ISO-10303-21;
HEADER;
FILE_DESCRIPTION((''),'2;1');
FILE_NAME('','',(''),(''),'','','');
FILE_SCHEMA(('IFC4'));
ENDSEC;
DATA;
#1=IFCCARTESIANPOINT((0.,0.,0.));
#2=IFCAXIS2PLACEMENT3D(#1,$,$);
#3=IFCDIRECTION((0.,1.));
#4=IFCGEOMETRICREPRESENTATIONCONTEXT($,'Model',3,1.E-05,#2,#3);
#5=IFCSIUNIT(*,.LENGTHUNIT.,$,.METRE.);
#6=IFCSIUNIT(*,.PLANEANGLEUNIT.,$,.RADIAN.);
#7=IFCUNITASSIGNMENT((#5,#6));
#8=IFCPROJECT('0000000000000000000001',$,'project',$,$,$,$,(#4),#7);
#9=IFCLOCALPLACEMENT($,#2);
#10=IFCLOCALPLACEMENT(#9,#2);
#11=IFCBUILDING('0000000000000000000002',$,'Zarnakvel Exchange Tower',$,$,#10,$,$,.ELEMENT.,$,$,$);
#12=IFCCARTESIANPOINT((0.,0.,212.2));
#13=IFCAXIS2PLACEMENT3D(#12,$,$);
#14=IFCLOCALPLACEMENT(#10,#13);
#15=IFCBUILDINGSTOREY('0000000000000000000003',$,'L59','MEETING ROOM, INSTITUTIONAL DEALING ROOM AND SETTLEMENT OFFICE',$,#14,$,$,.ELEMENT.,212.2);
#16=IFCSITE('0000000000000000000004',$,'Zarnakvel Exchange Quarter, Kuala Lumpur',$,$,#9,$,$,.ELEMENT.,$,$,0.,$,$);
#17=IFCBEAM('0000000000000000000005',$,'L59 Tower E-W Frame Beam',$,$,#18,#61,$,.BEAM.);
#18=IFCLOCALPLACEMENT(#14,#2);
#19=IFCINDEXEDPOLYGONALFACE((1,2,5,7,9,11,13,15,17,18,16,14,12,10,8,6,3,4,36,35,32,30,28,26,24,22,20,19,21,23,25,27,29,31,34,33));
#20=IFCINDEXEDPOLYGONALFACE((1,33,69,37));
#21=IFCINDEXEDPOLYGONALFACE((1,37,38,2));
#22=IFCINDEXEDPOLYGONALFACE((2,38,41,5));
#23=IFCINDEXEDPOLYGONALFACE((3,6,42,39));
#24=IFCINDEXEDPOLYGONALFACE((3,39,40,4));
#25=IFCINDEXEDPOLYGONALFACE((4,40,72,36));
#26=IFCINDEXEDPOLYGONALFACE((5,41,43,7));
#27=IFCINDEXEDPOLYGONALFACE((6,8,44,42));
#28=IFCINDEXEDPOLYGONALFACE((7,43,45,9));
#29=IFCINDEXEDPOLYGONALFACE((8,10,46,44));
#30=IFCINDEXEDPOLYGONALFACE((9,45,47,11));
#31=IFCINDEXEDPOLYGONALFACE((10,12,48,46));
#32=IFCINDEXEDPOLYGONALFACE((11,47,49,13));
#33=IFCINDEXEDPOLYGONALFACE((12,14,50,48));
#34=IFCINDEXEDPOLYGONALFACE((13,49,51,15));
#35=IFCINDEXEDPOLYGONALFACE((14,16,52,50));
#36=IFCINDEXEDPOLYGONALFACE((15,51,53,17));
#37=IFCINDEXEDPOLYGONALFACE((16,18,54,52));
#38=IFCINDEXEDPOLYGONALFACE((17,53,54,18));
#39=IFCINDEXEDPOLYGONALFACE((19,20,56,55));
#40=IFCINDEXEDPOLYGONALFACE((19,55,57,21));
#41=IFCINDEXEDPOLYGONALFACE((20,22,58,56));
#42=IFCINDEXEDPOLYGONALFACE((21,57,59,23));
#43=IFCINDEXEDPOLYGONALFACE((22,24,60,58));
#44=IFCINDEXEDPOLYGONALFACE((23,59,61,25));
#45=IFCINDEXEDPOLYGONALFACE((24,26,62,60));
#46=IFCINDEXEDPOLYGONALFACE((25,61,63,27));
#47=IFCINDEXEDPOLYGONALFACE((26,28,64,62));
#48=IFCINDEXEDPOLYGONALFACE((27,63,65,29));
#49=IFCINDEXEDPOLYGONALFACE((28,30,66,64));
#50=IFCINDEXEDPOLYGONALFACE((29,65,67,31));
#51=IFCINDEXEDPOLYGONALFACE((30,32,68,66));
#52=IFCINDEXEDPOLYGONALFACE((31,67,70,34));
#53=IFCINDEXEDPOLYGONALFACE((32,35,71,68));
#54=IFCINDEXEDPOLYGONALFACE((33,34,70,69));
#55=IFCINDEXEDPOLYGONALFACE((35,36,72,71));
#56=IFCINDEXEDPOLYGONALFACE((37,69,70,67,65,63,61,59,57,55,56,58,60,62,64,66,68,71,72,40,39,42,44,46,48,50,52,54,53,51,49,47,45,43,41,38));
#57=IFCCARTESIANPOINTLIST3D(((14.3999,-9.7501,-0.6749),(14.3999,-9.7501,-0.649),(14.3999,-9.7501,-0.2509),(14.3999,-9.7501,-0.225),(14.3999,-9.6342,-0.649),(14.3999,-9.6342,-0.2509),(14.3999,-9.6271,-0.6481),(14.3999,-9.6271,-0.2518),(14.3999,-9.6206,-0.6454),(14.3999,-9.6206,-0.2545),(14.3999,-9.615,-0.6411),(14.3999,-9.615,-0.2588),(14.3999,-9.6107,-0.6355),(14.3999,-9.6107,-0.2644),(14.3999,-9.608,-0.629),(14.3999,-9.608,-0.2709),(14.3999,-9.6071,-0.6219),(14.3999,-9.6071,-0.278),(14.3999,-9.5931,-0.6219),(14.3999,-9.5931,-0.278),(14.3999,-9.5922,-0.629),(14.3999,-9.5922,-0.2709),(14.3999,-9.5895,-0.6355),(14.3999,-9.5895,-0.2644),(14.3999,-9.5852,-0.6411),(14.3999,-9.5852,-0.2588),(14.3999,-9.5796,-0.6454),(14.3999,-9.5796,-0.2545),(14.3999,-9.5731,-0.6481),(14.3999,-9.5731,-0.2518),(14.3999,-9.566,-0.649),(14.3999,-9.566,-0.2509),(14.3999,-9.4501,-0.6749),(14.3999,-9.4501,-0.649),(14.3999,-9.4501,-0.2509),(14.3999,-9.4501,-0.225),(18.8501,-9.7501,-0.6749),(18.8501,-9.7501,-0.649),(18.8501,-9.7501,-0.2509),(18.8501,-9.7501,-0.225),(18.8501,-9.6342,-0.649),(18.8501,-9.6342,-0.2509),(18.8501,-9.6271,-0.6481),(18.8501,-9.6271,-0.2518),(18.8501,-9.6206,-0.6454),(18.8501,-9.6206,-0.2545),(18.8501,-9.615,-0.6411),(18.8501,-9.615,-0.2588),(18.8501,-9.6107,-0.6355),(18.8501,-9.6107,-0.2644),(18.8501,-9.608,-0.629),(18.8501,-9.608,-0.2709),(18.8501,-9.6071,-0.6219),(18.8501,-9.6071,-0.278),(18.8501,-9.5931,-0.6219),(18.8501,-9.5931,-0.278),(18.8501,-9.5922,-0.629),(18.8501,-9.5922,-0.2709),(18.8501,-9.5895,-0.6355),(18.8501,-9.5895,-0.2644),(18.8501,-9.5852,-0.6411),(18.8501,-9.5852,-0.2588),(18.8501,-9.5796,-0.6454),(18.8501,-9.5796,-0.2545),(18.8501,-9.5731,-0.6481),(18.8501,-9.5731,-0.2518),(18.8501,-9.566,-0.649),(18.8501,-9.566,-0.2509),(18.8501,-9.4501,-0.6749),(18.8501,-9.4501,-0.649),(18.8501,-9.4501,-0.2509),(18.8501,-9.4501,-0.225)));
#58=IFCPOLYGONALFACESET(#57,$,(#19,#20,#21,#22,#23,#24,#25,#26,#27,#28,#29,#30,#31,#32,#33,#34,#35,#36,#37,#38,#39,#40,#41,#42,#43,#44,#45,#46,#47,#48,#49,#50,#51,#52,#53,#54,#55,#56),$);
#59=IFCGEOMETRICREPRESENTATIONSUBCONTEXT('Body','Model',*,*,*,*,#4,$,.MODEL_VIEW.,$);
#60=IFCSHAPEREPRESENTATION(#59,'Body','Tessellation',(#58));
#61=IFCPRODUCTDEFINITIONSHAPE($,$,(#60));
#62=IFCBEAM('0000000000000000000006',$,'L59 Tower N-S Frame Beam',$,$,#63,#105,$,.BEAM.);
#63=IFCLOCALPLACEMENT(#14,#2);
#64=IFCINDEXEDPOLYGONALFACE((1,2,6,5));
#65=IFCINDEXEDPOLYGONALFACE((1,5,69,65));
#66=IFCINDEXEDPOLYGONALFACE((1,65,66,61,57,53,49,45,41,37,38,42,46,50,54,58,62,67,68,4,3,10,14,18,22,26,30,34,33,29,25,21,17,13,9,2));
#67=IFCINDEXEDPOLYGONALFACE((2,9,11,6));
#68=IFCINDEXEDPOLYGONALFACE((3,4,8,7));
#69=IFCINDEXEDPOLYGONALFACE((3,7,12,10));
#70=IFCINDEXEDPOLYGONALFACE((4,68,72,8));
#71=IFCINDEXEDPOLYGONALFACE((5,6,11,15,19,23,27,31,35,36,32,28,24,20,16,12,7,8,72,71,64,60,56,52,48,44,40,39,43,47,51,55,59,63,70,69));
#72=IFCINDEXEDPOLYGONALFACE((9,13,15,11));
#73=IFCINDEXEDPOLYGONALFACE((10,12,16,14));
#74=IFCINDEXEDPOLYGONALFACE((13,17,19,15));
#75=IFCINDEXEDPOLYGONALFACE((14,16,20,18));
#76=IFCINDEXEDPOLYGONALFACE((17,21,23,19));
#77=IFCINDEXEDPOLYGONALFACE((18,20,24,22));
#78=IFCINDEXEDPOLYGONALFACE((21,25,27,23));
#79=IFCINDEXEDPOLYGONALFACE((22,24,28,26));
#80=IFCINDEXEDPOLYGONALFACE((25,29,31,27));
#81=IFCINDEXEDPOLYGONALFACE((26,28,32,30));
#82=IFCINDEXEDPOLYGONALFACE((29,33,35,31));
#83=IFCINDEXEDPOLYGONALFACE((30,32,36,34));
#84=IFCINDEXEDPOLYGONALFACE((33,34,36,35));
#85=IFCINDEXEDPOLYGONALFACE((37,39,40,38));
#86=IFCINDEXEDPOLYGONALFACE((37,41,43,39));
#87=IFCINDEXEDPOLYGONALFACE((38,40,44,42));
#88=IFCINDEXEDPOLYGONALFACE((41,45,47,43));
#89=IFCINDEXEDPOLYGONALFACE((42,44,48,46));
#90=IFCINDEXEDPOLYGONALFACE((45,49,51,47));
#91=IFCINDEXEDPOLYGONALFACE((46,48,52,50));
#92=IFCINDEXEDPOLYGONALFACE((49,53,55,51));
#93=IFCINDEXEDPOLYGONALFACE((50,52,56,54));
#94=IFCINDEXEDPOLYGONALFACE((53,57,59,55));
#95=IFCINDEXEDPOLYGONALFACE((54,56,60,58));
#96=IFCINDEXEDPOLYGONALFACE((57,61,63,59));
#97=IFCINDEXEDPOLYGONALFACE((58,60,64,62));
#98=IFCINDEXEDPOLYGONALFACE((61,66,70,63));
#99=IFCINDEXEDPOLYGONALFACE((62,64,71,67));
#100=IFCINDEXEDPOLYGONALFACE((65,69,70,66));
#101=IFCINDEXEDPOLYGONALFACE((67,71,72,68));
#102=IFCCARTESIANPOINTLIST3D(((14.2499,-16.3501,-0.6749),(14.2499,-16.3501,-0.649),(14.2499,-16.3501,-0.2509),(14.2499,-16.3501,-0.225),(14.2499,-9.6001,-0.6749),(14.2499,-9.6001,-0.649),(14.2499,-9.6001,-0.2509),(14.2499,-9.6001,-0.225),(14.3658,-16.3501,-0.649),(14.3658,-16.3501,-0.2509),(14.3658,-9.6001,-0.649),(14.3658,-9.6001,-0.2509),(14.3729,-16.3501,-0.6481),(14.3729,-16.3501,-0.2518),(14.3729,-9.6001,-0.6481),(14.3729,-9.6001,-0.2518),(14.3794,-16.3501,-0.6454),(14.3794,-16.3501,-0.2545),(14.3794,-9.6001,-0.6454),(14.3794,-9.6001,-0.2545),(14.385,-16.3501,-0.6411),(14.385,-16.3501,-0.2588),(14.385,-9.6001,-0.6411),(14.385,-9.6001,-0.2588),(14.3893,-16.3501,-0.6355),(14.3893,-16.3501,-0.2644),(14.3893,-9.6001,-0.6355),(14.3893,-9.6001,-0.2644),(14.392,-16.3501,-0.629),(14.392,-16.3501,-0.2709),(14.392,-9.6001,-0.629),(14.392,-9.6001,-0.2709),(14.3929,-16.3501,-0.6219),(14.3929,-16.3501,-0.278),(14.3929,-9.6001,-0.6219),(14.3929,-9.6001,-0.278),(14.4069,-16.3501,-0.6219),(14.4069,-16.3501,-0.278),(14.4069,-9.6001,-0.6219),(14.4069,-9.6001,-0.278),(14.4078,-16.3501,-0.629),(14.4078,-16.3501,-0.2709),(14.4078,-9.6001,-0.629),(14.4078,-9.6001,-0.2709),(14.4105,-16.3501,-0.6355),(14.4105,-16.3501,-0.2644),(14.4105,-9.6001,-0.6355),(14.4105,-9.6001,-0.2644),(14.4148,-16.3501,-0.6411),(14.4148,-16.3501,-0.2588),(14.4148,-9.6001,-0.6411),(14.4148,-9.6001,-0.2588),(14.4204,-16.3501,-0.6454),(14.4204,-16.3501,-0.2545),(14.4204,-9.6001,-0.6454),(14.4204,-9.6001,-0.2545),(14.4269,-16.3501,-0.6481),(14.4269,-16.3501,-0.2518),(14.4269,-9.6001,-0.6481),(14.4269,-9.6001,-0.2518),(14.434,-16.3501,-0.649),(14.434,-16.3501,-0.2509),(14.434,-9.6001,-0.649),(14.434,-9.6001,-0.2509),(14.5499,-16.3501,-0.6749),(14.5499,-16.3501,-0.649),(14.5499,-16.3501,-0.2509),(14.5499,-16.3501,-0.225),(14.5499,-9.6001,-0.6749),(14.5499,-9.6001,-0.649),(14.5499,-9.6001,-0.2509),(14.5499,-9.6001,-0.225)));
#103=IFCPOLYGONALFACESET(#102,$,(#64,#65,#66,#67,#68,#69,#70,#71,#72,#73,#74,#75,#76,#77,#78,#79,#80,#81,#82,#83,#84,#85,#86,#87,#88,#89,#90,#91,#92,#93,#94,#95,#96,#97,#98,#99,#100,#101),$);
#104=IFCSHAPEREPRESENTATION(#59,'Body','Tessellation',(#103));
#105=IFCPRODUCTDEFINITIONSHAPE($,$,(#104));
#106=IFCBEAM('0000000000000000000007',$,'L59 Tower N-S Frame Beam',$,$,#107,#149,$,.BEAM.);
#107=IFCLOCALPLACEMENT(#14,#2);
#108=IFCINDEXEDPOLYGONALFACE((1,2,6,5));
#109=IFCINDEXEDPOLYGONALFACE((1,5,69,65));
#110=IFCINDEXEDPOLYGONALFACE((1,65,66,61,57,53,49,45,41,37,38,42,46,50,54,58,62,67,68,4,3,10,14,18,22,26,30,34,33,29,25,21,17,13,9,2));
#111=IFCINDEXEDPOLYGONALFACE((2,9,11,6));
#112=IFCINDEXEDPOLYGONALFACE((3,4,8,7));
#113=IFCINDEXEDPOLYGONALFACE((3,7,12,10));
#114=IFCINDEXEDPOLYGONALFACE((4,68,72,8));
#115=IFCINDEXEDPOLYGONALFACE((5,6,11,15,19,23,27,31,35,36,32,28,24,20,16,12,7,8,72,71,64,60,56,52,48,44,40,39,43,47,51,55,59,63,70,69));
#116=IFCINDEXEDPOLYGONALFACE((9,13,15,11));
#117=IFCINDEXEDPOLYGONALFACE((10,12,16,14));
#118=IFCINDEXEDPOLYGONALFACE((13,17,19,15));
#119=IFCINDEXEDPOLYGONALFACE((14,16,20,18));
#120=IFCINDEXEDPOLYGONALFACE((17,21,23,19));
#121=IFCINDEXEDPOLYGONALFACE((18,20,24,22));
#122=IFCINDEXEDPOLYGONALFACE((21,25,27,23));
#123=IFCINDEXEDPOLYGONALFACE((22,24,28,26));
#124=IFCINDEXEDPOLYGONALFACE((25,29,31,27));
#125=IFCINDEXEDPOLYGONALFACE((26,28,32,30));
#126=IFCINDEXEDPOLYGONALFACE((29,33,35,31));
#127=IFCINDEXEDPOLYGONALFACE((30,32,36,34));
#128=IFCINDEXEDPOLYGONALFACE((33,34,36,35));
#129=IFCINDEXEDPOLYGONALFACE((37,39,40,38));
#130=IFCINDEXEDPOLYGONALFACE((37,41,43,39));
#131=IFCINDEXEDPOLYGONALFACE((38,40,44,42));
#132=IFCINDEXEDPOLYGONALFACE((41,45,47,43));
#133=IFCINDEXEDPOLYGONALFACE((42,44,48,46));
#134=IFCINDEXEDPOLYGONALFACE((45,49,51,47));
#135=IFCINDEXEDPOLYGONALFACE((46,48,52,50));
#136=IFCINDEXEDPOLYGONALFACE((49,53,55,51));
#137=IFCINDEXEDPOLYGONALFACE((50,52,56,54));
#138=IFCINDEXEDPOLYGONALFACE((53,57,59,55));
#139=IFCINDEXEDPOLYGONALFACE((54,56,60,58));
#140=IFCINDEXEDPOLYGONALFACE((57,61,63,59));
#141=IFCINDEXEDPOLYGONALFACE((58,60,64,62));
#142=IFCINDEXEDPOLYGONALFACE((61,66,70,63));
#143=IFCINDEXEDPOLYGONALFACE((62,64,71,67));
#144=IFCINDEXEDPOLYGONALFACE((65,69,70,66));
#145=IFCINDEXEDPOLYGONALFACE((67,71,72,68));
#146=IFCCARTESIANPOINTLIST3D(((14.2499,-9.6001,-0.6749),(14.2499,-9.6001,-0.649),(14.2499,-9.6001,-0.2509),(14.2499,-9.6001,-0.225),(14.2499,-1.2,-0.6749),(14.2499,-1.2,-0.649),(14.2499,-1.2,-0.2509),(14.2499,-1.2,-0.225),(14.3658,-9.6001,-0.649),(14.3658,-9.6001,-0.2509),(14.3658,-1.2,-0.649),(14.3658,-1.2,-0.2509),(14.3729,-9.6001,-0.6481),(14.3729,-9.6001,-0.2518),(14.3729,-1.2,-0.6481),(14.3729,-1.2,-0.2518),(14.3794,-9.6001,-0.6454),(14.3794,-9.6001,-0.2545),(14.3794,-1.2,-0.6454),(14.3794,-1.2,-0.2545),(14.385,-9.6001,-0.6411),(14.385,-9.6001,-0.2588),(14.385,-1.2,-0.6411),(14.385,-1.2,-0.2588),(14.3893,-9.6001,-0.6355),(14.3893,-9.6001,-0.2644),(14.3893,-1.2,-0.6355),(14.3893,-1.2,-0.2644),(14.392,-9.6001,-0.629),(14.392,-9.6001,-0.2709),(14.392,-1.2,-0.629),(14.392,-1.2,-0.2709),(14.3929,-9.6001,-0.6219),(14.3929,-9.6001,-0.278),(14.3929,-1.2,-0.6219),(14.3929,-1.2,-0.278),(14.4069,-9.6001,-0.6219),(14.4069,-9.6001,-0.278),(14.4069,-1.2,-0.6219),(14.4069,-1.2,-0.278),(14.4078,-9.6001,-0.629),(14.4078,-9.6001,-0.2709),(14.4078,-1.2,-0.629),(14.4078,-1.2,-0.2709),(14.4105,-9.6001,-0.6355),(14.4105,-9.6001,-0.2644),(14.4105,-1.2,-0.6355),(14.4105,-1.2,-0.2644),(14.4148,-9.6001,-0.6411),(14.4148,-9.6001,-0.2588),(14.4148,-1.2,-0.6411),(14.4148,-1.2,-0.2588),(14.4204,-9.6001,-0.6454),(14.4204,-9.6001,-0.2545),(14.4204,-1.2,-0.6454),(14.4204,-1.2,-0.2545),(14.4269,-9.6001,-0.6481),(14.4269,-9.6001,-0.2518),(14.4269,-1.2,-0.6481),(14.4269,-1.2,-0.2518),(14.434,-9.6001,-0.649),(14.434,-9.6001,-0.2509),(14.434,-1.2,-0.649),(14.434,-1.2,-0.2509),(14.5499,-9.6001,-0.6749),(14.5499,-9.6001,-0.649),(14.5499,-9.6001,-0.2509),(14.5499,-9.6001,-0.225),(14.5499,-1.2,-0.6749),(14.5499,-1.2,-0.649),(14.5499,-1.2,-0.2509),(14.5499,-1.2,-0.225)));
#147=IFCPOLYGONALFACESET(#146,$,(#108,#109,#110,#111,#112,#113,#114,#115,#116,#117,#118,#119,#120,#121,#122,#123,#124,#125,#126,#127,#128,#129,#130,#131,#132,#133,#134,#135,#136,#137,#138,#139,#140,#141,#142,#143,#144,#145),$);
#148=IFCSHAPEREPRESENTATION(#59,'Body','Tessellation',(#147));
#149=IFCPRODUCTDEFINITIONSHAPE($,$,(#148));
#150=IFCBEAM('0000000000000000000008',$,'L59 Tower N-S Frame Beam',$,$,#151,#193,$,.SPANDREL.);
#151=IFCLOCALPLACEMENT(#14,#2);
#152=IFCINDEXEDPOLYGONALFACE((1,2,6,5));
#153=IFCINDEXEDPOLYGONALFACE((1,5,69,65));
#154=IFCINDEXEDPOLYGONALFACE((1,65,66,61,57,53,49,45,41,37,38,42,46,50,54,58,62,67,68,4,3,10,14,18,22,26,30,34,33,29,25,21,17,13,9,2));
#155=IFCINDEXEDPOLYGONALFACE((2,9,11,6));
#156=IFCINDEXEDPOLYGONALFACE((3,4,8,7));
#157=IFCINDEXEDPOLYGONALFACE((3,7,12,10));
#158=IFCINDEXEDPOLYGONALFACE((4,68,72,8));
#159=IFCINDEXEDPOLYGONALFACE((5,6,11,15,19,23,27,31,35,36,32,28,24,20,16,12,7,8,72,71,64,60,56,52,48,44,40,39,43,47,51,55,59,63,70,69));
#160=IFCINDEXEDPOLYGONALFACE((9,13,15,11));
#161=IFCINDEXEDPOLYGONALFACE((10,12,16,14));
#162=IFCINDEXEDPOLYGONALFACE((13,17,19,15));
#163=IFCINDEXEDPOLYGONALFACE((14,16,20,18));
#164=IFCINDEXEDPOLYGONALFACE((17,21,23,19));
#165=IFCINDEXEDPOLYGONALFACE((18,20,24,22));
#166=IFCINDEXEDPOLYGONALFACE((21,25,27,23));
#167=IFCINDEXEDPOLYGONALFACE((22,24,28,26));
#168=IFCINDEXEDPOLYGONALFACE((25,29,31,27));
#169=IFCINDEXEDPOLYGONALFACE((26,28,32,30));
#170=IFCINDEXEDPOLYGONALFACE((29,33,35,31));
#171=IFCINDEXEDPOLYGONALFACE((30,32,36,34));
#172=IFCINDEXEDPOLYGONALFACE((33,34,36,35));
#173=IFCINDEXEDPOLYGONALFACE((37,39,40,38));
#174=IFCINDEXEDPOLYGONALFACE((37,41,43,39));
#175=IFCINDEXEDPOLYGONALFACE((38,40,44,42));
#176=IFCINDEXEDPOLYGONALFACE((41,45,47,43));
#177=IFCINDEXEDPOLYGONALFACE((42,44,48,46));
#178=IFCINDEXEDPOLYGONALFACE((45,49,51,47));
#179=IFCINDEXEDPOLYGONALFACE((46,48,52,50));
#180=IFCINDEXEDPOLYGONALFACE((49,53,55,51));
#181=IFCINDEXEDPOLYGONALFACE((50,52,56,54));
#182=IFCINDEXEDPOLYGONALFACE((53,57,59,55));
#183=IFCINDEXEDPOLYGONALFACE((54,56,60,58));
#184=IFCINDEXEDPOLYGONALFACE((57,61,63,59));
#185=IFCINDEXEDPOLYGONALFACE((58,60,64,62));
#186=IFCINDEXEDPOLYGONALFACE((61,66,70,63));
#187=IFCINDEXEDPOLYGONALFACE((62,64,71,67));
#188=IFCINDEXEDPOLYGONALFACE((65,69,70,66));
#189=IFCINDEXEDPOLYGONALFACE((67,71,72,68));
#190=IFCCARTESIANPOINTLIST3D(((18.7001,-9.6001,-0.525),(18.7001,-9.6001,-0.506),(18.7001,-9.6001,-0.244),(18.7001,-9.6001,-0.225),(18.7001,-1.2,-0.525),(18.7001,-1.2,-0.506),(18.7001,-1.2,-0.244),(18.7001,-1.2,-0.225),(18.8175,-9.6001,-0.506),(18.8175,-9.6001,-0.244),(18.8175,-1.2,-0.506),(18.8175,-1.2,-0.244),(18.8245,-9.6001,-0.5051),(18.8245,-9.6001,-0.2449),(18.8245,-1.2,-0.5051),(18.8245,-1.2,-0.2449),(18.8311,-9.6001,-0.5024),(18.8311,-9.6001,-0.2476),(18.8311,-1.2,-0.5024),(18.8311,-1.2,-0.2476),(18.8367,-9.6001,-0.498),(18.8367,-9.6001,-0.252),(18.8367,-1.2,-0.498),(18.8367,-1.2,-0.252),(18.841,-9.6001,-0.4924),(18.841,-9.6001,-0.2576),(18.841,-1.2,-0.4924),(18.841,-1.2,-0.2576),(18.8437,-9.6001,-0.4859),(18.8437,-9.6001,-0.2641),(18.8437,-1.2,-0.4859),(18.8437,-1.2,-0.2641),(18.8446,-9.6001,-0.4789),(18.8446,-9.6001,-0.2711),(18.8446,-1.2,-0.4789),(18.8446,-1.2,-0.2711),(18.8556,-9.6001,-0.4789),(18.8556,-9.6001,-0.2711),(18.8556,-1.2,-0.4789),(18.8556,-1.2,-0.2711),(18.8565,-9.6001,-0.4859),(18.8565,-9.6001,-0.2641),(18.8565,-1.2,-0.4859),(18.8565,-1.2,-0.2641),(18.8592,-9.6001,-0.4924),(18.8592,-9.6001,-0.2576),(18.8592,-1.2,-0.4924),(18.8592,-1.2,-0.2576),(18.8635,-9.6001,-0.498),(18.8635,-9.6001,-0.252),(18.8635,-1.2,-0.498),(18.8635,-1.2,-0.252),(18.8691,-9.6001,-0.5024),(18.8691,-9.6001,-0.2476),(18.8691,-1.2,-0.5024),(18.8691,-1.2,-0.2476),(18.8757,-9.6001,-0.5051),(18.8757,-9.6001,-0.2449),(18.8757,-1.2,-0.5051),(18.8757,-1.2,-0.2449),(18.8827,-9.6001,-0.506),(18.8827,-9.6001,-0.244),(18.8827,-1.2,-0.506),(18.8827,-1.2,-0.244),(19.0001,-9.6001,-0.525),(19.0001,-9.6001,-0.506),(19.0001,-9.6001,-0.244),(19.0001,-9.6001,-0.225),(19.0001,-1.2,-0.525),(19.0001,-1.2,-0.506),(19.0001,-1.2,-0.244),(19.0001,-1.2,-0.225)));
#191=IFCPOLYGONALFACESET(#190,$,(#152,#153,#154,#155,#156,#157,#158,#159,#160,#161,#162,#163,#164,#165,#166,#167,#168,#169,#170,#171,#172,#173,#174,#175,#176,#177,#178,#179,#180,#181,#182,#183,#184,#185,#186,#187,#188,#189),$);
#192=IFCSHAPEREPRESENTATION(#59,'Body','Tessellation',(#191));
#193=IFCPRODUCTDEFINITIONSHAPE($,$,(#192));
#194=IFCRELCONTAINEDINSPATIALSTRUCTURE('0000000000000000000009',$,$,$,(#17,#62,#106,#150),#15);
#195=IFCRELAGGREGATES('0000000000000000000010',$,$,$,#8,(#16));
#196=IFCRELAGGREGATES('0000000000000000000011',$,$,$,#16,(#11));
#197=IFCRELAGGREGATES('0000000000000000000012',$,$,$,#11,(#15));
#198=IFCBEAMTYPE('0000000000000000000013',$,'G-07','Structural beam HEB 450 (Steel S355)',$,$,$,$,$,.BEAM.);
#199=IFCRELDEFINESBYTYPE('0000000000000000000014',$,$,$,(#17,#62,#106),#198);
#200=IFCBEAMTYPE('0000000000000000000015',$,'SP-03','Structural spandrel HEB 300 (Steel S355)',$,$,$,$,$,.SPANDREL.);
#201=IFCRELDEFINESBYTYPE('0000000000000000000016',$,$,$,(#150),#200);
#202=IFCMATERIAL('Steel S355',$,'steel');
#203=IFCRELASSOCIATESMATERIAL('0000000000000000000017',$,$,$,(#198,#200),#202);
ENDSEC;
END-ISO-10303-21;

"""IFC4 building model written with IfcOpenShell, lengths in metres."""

from ifc_helpers import new_model, si_unit, direction, frame, origin, origin_2d, place, context, subcontext, project, spatial, i_section, extrude, material, material_profile, profile_set, type_object, element, save


model = new_model("IFC4")

# Units and contexts
model_context = context("Model", 3, precision=1e-05, world=origin(), true_north=direction((0.0, 1.0)))
body_context = subcontext(model_context, "Body", "Model", "MODEL_VIEW")
ifc_project = project(units=[si_unit("LENGTHUNIT", "METRE"), si_unit("PLANEANGLEUNIT", "RADIAN")], contexts=[model_context])

# Site, building, storey
site_placement = place(None, origin())
site = spatial("IfcSite", under=ifc_project, at=site_placement, Name="Zarnakvel Exchange Quarter, Kuala Lumpur", CompositionType="ELEMENT", RefElevation=0.0)
building_placement = place(site_placement, origin())
building = spatial("IfcBuilding", under=site, at=building_placement, Name="Zarnakvel Exchange Tower", CompositionType="ELEMENT")
storey_placement = place(building_placement, frame((0.0, 0.0, 212.2)))
storey = spatial("IfcBuildingStorey", under=building, at=storey_placement, Name="L59", Description="MEETING ROOM, INSTITUTIONAL DEALING ROOM AND SETTLEMENT OFFICE", CompositionType="ELEMENT", Elevation=212.2)

# Shared definitions
ifc_material_1 = material(Name="Steel S355", Category="steel")

# Beams
ifc_material_profile_1 = material_profile(ifc_material_1, i_section(OverallWidth=0.3, OverallDepth=0.45, WebThickness=0.0139, FlangeThickness=0.0259, FilletRadius=0.0271, at=origin_2d()))
ifc_profile_set_1 = profile_set([ifc_material_profile_1], Name="Steel S355")
beam_type_1 = type_object("IfcBeamType", Name="G-07", Description="Structural beam HEB 450 (Steel S355)", PredefinedType="BEAM", material=ifc_profile_set_1)
beam_1_placement = place(storey_placement, frame((14.3999, -9.6001, -0.45), z_axis=(1.0, 0.0, 0.0), x_axis=(0.0, 1.0, 0.0)))
element("IfcBeam", 1, at=beam_1_placement, inside=storey, type_object=beam_type_1, Name="L59 Tower E-W Frame Beam", PredefinedType="BEAM", context=body_context, shape_type="SweptSolid", body=[
    extrude(i_section(OverallWidth=0.3, OverallDepth=0.45, WebThickness=0.0139, FlangeThickness=0.0259, FilletRadius=0.0271, at=origin_2d()), origin(), (0.0, 0.0, 1.0), 4.4502),
])
beam_2_placement = place(storey_placement, frame((14.3999, -16.3501, -0.45), z_axis=(0.0, 1.0, 0.0), x_axis=(-1.0, 0.0, 0.0)))
element("IfcBeam", 2, at=beam_2_placement, inside=storey, type_object=beam_type_1, Name="L59 Tower N-S Frame Beam", PredefinedType="BEAM", context=body_context, shape_type="SweptSolid", body=[
    extrude(i_section(OverallWidth=0.3, OverallDepth=0.45, WebThickness=0.0139, FlangeThickness=0.0259, FilletRadius=0.0271, at=origin_2d()), origin(), (0.0, 0.0, 1.0), 6.75),
])
beam_3_placement = place(storey_placement, frame((14.3999, -9.6001, -0.45), z_axis=(0.0, 1.0, 0.0), x_axis=(-1.0, 0.0, 0.0)))
element("IfcBeam", 3, at=beam_3_placement, inside=storey, type_object=beam_type_1, Name="L59 Tower N-S Frame Beam", PredefinedType="BEAM", context=body_context, shape_type="SweptSolid", body=[
    extrude(i_section(OverallWidth=0.3, OverallDepth=0.45, WebThickness=0.0139, FlangeThickness=0.0259, FilletRadius=0.0271, at=origin_2d()), origin(), (0.0, 0.0, 1.0), 8.4001),
])
ifc_material_profile_2 = material_profile(ifc_material_1, i_section(OverallWidth=0.3, OverallDepth=0.3, WebThickness=0.011, FlangeThickness=0.019, FilletRadius=0.0271, at=origin_2d()))
ifc_profile_set_2 = profile_set([ifc_material_profile_2], Name="Steel S355")
beam_type_2 = type_object("IfcBeamType", Name="SP-03", Description="Structural spandrel HEB 300 (Steel S355)", PredefinedType="SPANDREL", material=ifc_profile_set_2)
beam_4_placement = place(storey_placement, frame((18.8501, -9.6001, -0.375), z_axis=(0.0, 1.0, 0.0), x_axis=(-1.0, 0.0, 0.0)))
element("IfcBeam", 4, at=beam_4_placement, inside=storey, type_object=beam_type_2, Name="L59 Tower N-S Frame Beam", PredefinedType="SPANDREL", context=body_context, shape_type="SweptSolid", body=[
    extrude(i_section(OverallWidth=0.3, OverallDepth=0.3, WebThickness=0.011, FlangeThickness=0.019, FilletRadius=0.0271, at=origin_2d()), origin(), (0.0, 0.0, 1.0), 8.4001),
])

save(model, "model.ifc")
